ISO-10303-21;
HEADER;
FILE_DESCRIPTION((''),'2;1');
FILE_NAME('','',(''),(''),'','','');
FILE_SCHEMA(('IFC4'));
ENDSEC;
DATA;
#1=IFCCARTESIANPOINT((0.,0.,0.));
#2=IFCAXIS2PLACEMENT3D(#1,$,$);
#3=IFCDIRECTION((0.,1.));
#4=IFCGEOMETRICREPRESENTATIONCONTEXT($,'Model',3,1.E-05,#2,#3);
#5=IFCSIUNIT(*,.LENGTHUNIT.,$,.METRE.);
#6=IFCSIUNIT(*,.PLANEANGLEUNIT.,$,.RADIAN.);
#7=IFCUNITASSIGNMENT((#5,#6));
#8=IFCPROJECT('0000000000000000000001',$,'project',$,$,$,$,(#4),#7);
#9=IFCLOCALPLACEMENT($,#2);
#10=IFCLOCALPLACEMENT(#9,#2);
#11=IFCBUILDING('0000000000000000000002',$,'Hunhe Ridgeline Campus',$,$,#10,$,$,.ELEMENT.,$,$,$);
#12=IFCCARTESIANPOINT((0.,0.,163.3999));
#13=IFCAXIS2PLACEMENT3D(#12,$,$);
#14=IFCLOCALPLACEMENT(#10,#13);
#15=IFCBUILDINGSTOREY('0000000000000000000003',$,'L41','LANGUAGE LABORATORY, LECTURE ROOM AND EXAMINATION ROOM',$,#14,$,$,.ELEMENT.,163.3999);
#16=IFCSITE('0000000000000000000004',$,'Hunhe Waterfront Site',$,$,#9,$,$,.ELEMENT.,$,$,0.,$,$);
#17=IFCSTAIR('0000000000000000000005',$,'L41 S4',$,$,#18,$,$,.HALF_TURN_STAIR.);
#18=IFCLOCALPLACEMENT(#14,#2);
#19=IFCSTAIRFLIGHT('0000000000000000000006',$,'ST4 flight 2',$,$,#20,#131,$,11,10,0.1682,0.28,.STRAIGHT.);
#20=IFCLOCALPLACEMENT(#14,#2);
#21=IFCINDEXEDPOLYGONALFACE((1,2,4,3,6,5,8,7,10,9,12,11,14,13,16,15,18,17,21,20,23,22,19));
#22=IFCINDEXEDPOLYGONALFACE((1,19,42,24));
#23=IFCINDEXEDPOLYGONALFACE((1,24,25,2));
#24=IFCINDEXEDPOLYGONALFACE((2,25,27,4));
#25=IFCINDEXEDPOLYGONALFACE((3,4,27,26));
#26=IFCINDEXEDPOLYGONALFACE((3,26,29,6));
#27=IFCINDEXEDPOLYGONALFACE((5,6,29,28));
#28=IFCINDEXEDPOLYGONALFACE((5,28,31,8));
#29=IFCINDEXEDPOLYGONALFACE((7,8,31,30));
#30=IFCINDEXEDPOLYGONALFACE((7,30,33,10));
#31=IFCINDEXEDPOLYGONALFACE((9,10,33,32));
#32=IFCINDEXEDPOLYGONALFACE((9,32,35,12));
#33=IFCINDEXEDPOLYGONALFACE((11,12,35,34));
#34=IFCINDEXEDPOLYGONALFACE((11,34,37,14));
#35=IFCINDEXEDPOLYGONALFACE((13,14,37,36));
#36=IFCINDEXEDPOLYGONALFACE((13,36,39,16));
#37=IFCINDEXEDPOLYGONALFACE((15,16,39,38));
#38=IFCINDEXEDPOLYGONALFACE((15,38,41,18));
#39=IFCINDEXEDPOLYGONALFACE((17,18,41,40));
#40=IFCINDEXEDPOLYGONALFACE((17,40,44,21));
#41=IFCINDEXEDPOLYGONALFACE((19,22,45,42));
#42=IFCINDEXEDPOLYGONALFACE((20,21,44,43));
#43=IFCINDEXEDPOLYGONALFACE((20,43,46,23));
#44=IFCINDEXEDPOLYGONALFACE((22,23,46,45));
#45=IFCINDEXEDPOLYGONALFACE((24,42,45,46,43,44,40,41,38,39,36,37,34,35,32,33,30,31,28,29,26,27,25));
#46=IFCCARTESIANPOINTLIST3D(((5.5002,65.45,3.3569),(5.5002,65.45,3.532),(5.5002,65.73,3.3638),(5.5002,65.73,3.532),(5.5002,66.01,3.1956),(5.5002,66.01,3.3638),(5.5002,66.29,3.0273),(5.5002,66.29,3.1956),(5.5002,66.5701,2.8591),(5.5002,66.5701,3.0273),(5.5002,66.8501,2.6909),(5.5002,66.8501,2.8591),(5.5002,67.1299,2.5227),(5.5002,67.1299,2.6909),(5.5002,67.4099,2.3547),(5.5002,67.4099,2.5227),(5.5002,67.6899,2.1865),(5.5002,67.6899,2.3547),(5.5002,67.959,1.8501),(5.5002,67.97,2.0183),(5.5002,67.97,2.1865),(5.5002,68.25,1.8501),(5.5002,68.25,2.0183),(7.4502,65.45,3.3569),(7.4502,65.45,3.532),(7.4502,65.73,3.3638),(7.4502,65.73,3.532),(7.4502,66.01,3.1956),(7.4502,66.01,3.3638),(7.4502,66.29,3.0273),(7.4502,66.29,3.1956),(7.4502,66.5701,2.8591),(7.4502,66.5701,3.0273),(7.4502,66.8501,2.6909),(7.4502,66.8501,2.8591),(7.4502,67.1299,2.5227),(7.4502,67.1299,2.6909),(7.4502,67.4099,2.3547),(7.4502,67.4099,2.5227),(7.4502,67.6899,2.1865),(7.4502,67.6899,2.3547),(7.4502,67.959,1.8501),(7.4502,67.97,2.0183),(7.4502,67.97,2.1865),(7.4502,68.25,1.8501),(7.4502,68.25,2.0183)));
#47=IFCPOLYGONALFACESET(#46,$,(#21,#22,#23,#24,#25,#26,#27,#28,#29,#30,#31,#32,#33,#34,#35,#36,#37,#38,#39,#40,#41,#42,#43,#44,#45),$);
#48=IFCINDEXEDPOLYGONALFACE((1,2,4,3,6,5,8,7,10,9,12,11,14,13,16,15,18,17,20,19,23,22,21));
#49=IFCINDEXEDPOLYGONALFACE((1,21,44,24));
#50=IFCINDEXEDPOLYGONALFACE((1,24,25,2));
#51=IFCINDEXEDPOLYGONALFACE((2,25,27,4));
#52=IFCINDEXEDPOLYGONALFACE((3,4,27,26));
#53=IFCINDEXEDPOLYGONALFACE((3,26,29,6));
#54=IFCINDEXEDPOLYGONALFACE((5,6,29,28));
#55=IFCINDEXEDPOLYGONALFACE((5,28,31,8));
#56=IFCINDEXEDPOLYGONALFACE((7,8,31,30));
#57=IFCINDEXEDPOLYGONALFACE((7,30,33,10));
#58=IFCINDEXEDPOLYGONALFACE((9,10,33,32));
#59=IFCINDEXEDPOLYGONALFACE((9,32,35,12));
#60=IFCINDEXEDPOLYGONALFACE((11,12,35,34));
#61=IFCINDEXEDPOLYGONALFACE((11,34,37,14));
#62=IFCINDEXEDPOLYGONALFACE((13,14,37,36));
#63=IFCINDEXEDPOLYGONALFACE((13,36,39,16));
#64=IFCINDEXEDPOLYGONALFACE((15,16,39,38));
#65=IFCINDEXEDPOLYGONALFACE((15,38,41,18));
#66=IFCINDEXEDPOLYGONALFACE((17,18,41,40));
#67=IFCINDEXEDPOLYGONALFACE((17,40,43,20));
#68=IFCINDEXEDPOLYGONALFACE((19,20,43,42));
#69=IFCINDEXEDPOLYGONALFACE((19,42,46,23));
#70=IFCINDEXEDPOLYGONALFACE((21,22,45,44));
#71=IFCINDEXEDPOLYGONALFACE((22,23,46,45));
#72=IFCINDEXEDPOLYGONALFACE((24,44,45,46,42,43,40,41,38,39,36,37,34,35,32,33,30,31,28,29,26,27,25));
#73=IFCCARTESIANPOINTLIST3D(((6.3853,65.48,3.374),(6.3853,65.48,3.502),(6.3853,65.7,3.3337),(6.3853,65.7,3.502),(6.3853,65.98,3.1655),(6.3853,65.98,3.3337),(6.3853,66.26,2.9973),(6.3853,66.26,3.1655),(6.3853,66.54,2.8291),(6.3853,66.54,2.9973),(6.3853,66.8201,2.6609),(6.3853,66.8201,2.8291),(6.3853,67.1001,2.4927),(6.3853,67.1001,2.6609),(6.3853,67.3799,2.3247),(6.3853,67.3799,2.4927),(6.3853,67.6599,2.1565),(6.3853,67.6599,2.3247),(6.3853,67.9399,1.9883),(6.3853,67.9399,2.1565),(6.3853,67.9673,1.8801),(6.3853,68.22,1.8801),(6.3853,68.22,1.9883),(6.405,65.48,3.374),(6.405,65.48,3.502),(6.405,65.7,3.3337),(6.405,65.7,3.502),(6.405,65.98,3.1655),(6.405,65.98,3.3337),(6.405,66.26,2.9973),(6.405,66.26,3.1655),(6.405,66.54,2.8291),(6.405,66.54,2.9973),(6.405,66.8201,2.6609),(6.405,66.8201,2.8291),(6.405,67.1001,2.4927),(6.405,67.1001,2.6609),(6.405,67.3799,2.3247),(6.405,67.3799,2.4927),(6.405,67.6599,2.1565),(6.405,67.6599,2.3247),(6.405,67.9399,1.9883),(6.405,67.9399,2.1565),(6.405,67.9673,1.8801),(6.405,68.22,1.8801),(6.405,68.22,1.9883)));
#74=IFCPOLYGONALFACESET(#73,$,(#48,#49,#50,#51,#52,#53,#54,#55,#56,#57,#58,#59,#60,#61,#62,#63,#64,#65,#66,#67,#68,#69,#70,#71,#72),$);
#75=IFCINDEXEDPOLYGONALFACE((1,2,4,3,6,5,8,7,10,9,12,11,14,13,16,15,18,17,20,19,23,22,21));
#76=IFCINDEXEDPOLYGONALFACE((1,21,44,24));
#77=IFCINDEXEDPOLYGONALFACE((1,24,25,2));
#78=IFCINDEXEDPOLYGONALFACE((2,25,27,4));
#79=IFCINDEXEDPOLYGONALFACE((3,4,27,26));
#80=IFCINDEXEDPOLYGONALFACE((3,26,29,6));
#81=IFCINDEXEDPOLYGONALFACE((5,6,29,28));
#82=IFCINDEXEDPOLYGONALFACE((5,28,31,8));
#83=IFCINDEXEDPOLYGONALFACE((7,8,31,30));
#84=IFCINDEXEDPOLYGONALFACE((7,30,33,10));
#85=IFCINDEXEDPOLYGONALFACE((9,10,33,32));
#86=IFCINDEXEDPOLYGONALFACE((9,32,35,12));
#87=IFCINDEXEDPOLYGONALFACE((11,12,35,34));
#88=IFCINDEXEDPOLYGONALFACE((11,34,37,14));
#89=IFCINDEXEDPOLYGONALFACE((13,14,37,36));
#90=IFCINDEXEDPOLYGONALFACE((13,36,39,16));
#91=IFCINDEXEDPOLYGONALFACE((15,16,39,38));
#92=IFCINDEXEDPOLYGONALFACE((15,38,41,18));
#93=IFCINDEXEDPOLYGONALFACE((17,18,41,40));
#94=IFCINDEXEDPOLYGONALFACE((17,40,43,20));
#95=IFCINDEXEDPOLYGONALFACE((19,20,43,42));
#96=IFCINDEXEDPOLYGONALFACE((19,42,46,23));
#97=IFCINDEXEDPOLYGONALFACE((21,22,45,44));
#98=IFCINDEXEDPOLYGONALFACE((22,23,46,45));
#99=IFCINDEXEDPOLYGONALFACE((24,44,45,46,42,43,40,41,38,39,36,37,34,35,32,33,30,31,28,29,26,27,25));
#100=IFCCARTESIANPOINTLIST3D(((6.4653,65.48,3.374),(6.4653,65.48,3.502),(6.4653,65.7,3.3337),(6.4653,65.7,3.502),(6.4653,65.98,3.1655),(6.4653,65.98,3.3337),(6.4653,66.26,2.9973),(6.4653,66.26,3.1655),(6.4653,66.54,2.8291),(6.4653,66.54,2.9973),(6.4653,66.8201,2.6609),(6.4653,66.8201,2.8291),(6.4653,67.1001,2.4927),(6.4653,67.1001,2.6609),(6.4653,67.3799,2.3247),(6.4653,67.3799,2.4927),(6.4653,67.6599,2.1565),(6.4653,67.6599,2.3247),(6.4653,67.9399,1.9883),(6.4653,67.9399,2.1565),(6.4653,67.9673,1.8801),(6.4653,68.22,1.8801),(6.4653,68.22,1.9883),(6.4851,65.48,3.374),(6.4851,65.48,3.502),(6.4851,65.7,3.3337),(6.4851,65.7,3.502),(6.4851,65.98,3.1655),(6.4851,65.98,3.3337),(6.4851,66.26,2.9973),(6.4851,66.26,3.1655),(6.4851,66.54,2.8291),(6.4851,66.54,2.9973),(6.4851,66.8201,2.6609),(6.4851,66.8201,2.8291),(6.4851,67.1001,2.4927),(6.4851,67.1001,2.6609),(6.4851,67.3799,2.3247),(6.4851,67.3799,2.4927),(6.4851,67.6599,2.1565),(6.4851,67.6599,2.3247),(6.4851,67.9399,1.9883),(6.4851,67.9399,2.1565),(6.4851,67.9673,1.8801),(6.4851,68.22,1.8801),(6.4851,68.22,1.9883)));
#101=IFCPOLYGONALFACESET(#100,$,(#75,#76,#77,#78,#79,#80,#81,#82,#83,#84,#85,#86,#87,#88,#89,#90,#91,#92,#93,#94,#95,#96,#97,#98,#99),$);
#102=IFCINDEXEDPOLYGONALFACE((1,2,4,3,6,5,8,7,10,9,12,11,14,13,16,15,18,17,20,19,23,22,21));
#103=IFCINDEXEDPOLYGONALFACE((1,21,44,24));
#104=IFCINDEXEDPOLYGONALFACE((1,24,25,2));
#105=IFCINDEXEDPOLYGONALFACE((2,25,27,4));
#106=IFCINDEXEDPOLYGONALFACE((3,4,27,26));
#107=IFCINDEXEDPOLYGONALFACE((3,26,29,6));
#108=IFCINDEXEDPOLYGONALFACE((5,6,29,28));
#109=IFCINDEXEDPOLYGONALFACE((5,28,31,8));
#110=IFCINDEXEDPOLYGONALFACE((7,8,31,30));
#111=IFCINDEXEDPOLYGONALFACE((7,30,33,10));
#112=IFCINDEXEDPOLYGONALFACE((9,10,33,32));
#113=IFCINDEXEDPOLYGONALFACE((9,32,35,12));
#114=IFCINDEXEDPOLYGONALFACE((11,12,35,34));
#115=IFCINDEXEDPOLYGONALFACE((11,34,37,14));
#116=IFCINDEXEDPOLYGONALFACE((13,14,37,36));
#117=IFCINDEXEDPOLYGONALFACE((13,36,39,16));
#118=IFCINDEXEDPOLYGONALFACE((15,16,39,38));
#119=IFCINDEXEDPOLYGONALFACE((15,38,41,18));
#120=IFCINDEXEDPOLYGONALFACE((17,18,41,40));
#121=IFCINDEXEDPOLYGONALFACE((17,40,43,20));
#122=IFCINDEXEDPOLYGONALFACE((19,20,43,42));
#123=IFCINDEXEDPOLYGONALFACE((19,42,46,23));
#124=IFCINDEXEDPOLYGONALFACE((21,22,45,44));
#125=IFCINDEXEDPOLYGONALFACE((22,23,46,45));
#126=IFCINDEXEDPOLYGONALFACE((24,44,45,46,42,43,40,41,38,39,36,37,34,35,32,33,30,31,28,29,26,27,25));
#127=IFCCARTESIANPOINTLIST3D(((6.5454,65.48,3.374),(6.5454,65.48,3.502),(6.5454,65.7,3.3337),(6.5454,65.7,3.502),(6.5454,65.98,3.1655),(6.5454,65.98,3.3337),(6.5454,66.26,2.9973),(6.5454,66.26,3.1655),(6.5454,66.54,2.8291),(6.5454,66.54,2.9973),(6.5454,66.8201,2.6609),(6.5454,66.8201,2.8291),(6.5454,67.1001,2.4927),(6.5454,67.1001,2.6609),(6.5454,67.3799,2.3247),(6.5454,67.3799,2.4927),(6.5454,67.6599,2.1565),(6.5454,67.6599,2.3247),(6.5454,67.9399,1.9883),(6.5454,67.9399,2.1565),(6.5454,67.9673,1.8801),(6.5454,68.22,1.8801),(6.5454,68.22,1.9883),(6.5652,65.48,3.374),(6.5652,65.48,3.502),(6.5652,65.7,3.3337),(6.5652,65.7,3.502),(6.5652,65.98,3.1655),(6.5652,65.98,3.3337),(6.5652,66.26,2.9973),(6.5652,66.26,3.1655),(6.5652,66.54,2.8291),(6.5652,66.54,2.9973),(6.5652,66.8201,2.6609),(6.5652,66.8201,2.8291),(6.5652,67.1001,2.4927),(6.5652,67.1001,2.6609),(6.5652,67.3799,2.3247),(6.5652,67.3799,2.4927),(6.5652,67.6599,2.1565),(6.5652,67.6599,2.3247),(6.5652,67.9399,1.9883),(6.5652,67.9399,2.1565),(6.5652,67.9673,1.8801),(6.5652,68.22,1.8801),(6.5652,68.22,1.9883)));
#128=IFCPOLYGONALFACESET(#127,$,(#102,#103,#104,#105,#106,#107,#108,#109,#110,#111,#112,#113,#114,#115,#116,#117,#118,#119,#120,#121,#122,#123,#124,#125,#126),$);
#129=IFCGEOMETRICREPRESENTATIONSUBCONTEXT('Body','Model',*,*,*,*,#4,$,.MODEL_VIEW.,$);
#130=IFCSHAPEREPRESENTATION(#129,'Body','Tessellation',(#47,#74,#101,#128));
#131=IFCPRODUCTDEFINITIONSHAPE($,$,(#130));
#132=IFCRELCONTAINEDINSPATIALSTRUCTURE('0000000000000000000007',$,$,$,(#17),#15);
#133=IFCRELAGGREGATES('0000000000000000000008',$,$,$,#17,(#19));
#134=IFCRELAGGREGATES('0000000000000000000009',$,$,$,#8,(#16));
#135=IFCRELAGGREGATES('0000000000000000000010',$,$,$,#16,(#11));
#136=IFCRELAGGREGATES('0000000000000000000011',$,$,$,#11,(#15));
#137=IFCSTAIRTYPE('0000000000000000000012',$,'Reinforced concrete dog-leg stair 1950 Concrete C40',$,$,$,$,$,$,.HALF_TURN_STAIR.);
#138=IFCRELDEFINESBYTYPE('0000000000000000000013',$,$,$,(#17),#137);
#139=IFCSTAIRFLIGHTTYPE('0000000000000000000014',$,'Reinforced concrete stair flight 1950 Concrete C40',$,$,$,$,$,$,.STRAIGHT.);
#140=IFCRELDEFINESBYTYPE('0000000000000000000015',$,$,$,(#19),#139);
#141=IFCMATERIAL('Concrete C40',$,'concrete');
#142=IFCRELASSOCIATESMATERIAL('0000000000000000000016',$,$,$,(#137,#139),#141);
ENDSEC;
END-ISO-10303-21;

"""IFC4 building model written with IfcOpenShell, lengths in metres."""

from ifc_helpers import new_model, si_unit, direction, frame, origin, place, context, subcontext, project, spatial, polyline, outline, extrude, material, type_object, element, aggregate, save


model = new_model("IFC4")

# Units and contexts
model_context = context("Model", 3, precision=1e-05, world=origin(), true_north=direction((0.0, 1.0)))
body_context = subcontext(model_context, "Body", "Model", "MODEL_VIEW")
ifc_project = project(units=[si_unit("LENGTHUNIT", "METRE"), si_unit("PLANEANGLEUNIT", "RADIAN")], contexts=[model_context])

# Site, building, storey
site_placement = place(None, origin())
site = spatial("IfcSite", under=ifc_project, at=site_placement, Name="Hunhe Waterfront Site", CompositionType="ELEMENT", RefElevation=0.0)
building_placement = place(site_placement, origin())
building = spatial("IfcBuilding", under=site, at=building_placement, Name="Hunhe Ridgeline Campus", CompositionType="ELEMENT")
storey_placement = place(building_placement, frame((0.0, 0.0, 163.3999)))
storey = spatial("IfcBuildingStorey", under=building, at=storey_placement, Name="L41", Description="LANGUAGE LABORATORY, LECTURE ROOM AND EXAMINATION ROOM", CompositionType="ELEMENT", Elevation=163.3999)

# Stair, stair flight
ifc_material_1 = material(Name="Concrete C40", Category="concrete")
stair_type = type_object("IfcStairType", Name="Reinforced concrete dog-leg stair 1950 Concrete C40", PredefinedType="HALF_TURN_STAIR", material=ifc_material_1)
stair_flight_type = type_object("IfcStairFlightType", Name="Reinforced concrete stair flight 1950 Concrete C40", PredefinedType="STRAIGHT", material=ifc_material_1)
stair_1_placement = place(storey_placement, origin())
stair_1 = element("IfcStair", 1, at=stair_1_placement, inside=storey, type_object=stair_type, Name="L41 S4", PredefinedType="HALF_TURN_STAIR")
stair_flight_1_placement = place(storey_placement, frame((6.4751, 68.25, 1.8501), z_axis=(0.0, 0.0, 1.0), x_axis=(0.0, -1.0, 0.0)))
stair_flight_1 = element("IfcStairFlight", 2, at=stair_flight_1_placement, type_object=stair_flight_type, Name="ST4 flight 2", NumberOfRisers=11, NumberOfTreads=10, PredefinedType="STRAIGHT", RiserHeight=0.1682, TreadLength=0.28, context=body_context, shape_type="SweptSolid", body=[
    extrude(outline(polyline([(0.0, 0.0), (0.0, 0.1682), (0.28, 0.1682), (0.28, 0.3364), (0.5601, 0.3364), (0.5601, 0.5046), (0.8401, 0.5046), (0.8401, 0.6726), (1.1201, 0.6726), (1.1201, 0.8408), (1.3999, 0.8408), (1.3999, 1.009), (1.6799, 1.009), (1.6799, 1.1772), (1.96, 1.1772), (1.96, 1.3455), (2.24, 1.3455), (2.24, 1.5137), (2.52, 1.5137), (2.52, 1.6819), (2.8, 1.6819), (2.8, 1.8501), (2.8, 1.5068), (0.291, 0.0), (0.0, 0.0)])), frame((0.0, 0.9751, 0.0), z_axis=(0.0, -1.0, 0.0), x_axis=(1.0, 0.0, 0.0)), (0.0, 0.0, 1.0), 1.95),
    extrude(outline(polyline([(0.03, 0.03), (0.03, 0.1382), (0.3101, 0.1382), (0.3101, 0.3064), (0.5901, 0.3064), (0.5901, 0.4746), (0.8701, 0.4746), (0.8701, 0.6426), (1.1499, 0.6426), (1.1499, 0.8108), (1.4299, 0.8108), (1.4299, 0.979), (1.71, 0.979), (1.71, 1.1472), (1.99, 1.1472), (1.99, 1.3154), (2.27, 1.3154), (2.27, 1.4836), (2.55, 1.4836), (2.55, 1.6519), (2.77, 1.6519), (2.77, 1.5239), (0.2827, 0.03), (0.03, 0.03)])), frame((0.0, -0.0701, 0.0), z_axis=(0.0, -1.0, 0.0), x_axis=(1.0, 0.0, 0.0)), (0.0, 0.0, 1.0), 0.0198),
    extrude(outline(polyline([(0.03, 0.03), (0.03, 0.1382), (0.3101, 0.1382), (0.3101, 0.3064), (0.5901, 0.3064), (0.5901, 0.4746), (0.8701, 0.4746), (0.8701, 0.6426), (1.1499, 0.6426), (1.1499, 0.8108), (1.4299, 0.8108), (1.4299, 0.979), (1.71, 0.979), (1.71, 1.1472), (1.99, 1.1472), (1.99, 1.3154), (2.27, 1.3154), (2.27, 1.4836), (2.55, 1.4836), (2.55, 1.6519), (2.77, 1.6519), (2.77, 1.5239), (0.2827, 0.03), (0.03, 0.03)])), frame((0.0, 0.01, 0.0), z_axis=(0.0, -1.0, 0.0), x_axis=(1.0, 0.0, 0.0)), (0.0, 0.0, 1.0), 0.0198),
    extrude(outline(polyline([(0.03, 0.03), (0.03, 0.1382), (0.3101, 0.1382), (0.3101, 0.3064), (0.5901, 0.3064), (0.5901, 0.4746), (0.8701, 0.4746), (0.8701, 0.6426), (1.1499, 0.6426), (1.1499, 0.8108), (1.4299, 0.8108), (1.4299, 0.979), (1.71, 0.979), (1.71, 1.1472), (1.99, 1.1472), (1.99, 1.3154), (2.27, 1.3154), (2.27, 1.4836), (2.55, 1.4836), (2.55, 1.6519), (2.77, 1.6519), (2.77, 1.5239), (0.2827, 0.03), (0.03, 0.03)])), frame((0.0, 0.0901, 0.0), z_axis=(0.0, -1.0, 0.0), x_axis=(1.0, 0.0, 0.0)), (0.0, 0.0, 1.0), 0.0198),
])
aggregate(stair_1, [stair_flight_1])

save(model, "model.ifc")
